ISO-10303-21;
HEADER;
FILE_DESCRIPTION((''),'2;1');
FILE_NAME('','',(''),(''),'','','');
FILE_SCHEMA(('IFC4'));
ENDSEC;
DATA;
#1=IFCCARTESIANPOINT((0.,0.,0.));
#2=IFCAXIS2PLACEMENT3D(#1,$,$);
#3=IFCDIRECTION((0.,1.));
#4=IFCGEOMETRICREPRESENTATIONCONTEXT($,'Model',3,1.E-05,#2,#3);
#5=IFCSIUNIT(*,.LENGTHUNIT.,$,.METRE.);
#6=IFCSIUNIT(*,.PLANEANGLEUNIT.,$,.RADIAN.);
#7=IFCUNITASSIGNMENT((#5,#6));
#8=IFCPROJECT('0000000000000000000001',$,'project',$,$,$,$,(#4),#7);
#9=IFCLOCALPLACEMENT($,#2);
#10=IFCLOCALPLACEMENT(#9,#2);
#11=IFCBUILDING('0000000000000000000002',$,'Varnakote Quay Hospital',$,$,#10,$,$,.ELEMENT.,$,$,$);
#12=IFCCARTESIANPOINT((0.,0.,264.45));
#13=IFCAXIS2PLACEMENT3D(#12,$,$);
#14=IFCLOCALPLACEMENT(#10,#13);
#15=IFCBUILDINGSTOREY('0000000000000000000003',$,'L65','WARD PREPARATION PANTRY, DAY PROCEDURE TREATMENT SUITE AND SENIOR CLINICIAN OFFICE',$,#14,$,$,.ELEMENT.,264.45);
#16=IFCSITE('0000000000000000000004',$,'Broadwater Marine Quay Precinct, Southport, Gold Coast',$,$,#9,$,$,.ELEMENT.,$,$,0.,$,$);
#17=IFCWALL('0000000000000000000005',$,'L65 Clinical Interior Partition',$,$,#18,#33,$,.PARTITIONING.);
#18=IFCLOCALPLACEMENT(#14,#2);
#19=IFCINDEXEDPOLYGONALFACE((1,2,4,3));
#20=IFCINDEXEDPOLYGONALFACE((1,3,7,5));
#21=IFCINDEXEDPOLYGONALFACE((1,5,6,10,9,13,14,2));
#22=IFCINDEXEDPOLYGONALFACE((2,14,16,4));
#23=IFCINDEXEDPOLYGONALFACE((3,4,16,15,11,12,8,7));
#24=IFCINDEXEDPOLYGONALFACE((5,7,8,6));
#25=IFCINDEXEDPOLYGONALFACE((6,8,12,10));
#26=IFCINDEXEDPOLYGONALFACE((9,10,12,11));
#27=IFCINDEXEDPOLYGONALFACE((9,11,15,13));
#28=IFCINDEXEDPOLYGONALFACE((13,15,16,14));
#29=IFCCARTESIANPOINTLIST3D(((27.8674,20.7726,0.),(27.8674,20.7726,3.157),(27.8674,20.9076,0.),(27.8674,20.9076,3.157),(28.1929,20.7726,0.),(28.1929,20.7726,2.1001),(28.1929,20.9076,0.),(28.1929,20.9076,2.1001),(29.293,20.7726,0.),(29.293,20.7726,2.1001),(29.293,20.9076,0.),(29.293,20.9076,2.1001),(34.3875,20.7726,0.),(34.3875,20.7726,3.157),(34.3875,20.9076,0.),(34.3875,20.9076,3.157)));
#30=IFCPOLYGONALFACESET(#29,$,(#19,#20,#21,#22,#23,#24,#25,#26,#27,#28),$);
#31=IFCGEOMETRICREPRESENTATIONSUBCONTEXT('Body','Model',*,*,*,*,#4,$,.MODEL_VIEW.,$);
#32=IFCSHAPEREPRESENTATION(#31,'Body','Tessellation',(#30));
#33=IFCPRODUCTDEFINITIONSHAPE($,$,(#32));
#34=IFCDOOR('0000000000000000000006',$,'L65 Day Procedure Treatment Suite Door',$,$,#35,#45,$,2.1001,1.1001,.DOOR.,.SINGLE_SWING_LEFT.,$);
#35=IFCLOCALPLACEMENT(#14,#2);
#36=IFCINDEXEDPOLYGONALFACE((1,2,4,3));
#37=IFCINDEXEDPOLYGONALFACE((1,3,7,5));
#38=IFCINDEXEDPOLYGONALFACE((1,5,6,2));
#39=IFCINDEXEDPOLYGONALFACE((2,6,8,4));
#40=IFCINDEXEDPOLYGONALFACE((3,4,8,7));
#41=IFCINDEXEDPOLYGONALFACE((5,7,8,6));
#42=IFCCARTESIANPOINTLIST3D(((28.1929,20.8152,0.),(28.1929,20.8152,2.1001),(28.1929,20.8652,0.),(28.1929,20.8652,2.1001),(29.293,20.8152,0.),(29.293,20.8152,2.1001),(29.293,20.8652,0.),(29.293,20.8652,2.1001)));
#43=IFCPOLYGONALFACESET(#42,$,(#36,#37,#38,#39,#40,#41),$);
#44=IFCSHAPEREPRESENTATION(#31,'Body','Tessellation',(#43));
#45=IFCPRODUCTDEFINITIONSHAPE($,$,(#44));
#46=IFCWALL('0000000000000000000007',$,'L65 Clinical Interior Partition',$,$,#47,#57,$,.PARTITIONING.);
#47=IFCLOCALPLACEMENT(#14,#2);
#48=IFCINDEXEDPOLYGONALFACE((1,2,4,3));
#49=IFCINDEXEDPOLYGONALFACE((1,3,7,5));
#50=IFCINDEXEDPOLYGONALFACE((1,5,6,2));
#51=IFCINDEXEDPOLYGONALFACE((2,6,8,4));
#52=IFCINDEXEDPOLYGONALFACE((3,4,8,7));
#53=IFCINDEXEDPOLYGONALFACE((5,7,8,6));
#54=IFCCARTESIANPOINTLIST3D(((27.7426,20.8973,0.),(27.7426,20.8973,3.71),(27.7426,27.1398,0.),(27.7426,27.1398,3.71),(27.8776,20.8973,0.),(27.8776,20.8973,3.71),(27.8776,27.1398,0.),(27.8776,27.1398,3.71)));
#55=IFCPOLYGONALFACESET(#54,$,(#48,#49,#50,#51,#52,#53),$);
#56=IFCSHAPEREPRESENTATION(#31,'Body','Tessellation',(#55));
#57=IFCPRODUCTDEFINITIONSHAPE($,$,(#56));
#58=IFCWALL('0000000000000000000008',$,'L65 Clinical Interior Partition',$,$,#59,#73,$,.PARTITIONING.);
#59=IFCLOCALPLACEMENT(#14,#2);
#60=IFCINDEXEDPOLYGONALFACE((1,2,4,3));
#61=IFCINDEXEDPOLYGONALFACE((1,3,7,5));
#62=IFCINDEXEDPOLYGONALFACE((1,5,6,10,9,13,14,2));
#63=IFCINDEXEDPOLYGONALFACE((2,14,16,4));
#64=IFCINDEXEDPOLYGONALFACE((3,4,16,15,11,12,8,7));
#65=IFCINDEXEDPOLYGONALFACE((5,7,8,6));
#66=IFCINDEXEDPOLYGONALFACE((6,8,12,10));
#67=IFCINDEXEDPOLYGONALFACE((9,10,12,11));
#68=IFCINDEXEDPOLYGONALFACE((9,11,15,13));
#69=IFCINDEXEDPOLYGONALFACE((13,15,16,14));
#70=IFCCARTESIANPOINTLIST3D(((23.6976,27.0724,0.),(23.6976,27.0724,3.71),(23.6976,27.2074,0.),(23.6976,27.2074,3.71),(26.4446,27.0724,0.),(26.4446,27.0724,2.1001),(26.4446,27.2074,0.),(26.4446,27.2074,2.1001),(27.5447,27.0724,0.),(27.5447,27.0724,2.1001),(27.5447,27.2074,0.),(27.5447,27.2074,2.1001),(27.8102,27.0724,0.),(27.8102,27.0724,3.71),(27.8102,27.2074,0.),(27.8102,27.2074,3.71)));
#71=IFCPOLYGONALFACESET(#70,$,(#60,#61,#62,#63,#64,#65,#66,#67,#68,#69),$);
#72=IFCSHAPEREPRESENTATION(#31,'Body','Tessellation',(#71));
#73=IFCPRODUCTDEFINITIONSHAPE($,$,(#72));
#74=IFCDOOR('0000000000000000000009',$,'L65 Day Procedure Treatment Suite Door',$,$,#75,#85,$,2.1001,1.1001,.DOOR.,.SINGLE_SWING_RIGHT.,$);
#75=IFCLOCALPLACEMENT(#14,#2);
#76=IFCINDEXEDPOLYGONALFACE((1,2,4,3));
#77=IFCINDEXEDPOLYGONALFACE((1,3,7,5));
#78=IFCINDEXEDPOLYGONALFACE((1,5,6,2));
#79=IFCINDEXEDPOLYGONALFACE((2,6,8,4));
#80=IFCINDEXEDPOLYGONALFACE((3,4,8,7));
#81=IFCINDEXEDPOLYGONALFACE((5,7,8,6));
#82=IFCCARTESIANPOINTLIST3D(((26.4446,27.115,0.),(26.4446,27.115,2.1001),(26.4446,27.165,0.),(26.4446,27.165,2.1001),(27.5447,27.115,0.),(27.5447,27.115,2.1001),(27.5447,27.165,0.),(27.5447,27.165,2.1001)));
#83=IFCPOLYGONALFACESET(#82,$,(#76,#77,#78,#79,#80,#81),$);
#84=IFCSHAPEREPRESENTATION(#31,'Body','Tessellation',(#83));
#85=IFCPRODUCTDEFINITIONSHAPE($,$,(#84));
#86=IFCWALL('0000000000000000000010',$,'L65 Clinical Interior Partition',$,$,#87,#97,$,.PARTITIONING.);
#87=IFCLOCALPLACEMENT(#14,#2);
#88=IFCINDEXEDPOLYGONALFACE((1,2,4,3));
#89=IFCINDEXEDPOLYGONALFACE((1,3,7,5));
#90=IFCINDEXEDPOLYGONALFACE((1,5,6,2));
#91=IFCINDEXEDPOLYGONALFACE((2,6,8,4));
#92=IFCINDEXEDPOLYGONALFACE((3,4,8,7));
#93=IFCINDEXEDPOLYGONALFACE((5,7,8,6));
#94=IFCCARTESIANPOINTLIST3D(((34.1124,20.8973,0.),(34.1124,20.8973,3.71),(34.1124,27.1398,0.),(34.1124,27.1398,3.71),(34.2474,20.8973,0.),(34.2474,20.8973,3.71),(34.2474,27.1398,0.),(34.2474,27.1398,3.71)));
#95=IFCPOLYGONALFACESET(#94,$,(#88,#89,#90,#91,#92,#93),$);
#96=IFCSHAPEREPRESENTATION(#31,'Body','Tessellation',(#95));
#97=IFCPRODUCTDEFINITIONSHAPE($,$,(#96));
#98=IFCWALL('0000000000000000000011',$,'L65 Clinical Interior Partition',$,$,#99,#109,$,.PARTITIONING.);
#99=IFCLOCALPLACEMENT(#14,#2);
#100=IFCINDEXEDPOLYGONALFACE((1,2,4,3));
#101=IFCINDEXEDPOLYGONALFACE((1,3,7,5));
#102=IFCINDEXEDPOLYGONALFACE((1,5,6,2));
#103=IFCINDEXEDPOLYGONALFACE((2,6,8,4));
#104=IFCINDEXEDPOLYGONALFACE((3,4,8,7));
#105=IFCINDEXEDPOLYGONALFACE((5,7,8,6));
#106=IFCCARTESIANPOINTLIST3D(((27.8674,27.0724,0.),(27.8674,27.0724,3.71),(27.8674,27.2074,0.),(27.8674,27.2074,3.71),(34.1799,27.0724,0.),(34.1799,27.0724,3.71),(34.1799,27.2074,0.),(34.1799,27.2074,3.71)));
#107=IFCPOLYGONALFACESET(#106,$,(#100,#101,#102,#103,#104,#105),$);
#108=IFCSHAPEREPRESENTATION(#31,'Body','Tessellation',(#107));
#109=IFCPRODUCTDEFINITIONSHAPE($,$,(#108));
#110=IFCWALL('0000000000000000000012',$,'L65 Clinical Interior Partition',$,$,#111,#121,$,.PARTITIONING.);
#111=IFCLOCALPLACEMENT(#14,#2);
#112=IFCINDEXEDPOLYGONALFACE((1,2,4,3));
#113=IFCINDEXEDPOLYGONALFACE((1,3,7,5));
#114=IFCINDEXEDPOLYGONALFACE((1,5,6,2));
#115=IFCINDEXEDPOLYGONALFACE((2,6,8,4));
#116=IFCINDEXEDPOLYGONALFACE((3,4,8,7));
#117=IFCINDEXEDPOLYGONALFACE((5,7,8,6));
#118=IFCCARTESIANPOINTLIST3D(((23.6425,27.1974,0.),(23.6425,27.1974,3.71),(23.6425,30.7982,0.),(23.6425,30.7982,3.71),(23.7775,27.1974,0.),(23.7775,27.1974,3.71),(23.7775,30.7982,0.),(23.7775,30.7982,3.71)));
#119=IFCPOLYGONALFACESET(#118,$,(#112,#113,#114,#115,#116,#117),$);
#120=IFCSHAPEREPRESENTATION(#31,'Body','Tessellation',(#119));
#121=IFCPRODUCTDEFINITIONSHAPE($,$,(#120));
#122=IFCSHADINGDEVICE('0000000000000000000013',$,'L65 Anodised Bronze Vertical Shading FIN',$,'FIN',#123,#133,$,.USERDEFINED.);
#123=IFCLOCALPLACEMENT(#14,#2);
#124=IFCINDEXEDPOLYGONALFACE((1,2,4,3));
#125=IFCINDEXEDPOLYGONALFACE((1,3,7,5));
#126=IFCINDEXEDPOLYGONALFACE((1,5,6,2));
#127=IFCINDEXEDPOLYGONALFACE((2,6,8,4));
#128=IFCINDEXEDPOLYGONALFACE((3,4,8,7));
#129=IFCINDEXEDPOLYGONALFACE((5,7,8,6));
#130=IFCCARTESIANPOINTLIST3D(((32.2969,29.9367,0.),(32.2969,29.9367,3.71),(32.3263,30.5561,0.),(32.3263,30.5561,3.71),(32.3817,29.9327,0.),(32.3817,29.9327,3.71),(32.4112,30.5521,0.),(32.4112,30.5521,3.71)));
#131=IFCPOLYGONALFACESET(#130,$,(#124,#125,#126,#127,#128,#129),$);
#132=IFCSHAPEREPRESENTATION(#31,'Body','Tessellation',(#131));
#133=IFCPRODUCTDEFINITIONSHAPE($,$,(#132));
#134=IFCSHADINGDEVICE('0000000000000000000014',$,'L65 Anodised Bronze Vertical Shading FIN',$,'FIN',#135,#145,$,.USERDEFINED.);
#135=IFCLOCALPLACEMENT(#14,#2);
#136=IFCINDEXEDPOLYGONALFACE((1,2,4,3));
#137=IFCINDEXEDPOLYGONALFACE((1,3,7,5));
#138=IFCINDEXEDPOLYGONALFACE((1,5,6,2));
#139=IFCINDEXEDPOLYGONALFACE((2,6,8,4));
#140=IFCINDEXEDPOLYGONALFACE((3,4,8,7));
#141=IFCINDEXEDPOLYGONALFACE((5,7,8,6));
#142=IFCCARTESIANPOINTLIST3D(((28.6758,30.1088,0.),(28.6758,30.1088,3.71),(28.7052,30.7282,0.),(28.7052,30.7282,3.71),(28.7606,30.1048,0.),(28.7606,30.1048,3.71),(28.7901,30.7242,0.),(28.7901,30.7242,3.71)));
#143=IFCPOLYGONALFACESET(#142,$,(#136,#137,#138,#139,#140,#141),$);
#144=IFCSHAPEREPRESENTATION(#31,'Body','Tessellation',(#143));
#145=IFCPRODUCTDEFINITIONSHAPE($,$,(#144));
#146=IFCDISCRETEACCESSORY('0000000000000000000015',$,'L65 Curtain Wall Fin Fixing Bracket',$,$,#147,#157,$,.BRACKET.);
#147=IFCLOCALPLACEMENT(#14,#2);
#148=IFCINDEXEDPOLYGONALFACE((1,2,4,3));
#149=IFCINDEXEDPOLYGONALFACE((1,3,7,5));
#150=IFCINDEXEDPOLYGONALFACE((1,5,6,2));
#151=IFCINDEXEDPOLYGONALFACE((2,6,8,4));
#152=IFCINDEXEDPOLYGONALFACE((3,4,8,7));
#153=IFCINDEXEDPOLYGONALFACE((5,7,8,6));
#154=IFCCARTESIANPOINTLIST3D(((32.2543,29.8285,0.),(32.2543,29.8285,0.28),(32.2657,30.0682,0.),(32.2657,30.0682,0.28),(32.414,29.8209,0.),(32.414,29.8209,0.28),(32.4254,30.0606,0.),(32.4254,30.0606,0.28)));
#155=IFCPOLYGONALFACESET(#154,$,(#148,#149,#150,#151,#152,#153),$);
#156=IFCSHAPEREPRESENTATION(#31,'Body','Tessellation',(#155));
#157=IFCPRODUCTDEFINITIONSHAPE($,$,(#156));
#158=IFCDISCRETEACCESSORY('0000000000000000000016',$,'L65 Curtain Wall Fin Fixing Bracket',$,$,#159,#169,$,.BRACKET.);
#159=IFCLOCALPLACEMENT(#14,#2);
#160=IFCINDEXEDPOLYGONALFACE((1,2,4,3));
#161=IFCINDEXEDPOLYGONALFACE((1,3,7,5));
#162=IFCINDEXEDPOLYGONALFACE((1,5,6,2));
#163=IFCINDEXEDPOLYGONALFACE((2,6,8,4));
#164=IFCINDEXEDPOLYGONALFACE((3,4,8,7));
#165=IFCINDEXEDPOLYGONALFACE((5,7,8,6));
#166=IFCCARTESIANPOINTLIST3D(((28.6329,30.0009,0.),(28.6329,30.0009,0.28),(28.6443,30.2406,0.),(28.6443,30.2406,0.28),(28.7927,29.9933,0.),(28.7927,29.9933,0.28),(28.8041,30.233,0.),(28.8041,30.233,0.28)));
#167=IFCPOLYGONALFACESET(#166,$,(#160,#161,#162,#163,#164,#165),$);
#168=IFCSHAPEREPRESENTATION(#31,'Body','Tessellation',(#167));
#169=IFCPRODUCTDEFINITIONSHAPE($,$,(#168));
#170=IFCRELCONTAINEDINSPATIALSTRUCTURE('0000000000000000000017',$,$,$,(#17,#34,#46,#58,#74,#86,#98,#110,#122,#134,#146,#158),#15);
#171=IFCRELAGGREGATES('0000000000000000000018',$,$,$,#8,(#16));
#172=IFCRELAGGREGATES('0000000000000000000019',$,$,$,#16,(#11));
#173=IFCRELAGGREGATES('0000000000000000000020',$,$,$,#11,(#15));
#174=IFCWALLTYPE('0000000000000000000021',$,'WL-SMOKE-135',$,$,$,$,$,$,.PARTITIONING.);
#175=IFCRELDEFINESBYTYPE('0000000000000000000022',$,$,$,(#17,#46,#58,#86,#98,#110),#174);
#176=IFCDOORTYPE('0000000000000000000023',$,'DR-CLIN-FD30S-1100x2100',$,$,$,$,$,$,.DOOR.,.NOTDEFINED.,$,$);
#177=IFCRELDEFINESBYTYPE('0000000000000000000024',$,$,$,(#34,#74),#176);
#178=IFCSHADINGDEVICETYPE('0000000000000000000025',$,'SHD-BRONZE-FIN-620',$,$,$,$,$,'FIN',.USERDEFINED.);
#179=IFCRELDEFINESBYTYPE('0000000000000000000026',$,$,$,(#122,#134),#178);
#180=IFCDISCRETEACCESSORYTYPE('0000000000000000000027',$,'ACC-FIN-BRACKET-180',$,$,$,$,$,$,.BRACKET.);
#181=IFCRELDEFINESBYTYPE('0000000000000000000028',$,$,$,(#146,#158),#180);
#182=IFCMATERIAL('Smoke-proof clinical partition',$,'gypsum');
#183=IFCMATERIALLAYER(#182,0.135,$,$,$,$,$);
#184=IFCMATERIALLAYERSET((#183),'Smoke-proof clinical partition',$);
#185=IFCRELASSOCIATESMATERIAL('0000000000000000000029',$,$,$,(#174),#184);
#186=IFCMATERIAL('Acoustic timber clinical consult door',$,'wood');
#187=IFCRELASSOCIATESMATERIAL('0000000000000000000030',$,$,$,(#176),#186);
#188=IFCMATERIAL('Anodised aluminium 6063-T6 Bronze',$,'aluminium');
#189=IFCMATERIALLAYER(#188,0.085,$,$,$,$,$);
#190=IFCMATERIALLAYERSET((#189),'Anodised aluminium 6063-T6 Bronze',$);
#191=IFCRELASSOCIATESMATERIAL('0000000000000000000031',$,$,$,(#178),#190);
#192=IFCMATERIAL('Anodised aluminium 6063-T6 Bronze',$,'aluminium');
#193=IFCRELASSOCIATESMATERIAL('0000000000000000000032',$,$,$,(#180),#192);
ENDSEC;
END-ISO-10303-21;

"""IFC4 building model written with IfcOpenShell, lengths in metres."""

from ifc_helpers import new_model, si_unit, direction, frame, frame_2d, origin, origin_2d, place, context, subcontext, project, spatial, rectangle, extrude, material, layer, layer_set, type_object, element, fill, save


model = new_model("IFC4")

# Units and contexts
model_context = context("Model", 3, precision=1e-05, world=origin(), true_north=direction((0.0, 1.0)))
body_context = subcontext(model_context, "Body", "Model", "MODEL_VIEW")
ifc_project = project(units=[si_unit("LENGTHUNIT", "METRE"), si_unit("PLANEANGLEUNIT", "RADIAN")], contexts=[model_context])

# Site, building, storey
site_placement = place(None, origin())
site = spatial("IfcSite", under=ifc_project, at=site_placement, Name="Broadwater Marine Quay Precinct, Southport, Gold Coast", CompositionType="ELEMENT", RefElevation=0.0)
building_placement = place(site_placement, origin())
building = spatial("IfcBuilding", under=site, at=building_placement, Name="Varnakote Quay Hospital", CompositionType="ELEMENT")
storey_placement = place(building_placement, frame((0.0, 0.0, 264.45)))
storey = spatial("IfcBuildingStorey", under=building, at=storey_placement, Name="L65", Description="WARD PREPARATION PANTRY, DAY PROCEDURE TREATMENT SUITE AND SENIOR CLINICIAN OFFICE", CompositionType="ELEMENT", Elevation=264.45)

# Shared definitions
ifc_material_1 = material(Name="Smoke-proof clinical partition", Category="gypsum")
ifc_layer_1 = layer(ifc_material_1, 0.135)
ifc_layer_set_1 = layer_set([ifc_layer_1], Name="Smoke-proof clinical partition")
wall_type_1 = type_object("IfcWallType", Name="WL-SMOKE-135", PredefinedType="PARTITIONING", material=ifc_layer_set_1)

# Wall, opening, door
wall_1_placement = place(storey_placement, frame((34.3875, 20.8401, 0.0), z_axis=(0.0, 0.0, 1.0), x_axis=(-1.0, 0.0, 0.0)))
wall_1 = element("IfcWall", 1, at=wall_1_placement, inside=storey, type_object=wall_type_1, Name="L65 Clinical Interior Partition", PredefinedType="PARTITIONING", context=body_context, shape_type="SweptSolid", body=[
    extrude(rectangle(XDim=6.52, YDim=0.135, at=frame_2d((3.26, 0.0))), origin(), (0.0, 0.0, 1.0), 3.157),
])
opening_1_placement = place(wall_1_placement, frame((5.0945, 0.0, 0.0)))
opening_1 = element("IfcOpeningElement", 2, at=opening_1_placement, cuts=wall_1, PredefinedType="OPENING", context=body_context, shape_type="SweptSolid", body=[
    extrude(rectangle(XDim=1.1001, YDim=2.1001, at=frame_2d((0.55, 1.05))), frame((0.0, 0.0774, 0.0), z_axis=(0.0, -1.0, 0.0), x_axis=(1.0, 0.0, 0.0)), (0.0, 0.0, 1.0), 0.155),
])
ifc_material_2 = material(Name="Acoustic timber clinical consult door", Category="wood")
door_type_1 = type_object("IfcDoorType", Name="DR-CLIN-FD30S-1100x2100", OperationType="NOTDEFINED", PredefinedType="DOOR", material=ifc_material_2)
door_1_placement = place(opening_1_placement, origin())
door_1 = element("IfcDoor", 3, at=door_1_placement, inside=storey, type_object=door_type_1, Name="L65 Day Procedure Treatment Suite Door", OperationType="SINGLE_SWING_LEFT", OverallHeight=2.1001, OverallWidth=1.1001, PredefinedType="DOOR", context=body_context, shape_type="SweptSolid", body=[
    extrude(rectangle(XDim=1.1001, YDim=2.1001, at=frame_2d((0.55, 1.05))), frame((0.0, 0.0249, 0.0), z_axis=(0.0, -1.0, 0.0), x_axis=(1.0, 0.0, 0.0)), (0.0, 0.0, 1.0), 0.05),
])
fill(opening_1, door_1)

# Wall
wall_2_placement = place(storey_placement, frame((27.8101, 20.8975, 0.0), z_axis=(0.0, 0.0, 1.0), x_axis=(0.0, 1.0, 0.0)))
element("IfcWall", 4, at=wall_2_placement, inside=storey, type_object=wall_type_1, Name="L65 Clinical Interior Partition", PredefinedType="PARTITIONING", context=body_context, shape_type="SweptSolid", body=[
    extrude(rectangle(XDim=6.2424, YDim=0.135, at=frame_2d((3.1211, 0.0))), origin(), (0.0, 0.0, 1.0), 3.71),
])

# Wall, opening, door
wall_3_placement = place(storey_placement, frame((27.8101, 27.1399, 0.0), z_axis=(0.0, 0.0, 1.0), x_axis=(-1.0, 0.0, 0.0)))
wall_3 = element("IfcWall", 5, at=wall_3_placement, inside=storey, type_object=wall_type_1, Name="L65 Clinical Interior Partition", PredefinedType="PARTITIONING", context=body_context, shape_type="SweptSolid", body=[
    extrude(rectangle(XDim=4.1125, YDim=0.135, at=frame_2d((2.0562, 0.0))), origin(), (0.0, 0.0, 1.0), 3.71),
])
opening_2_placement = place(wall_3_placement, frame((0.2654, 0.0, 0.0)))
opening_2 = element("IfcOpeningElement", 6, at=opening_2_placement, cuts=wall_3, PredefinedType="OPENING", context=body_context, shape_type="SweptSolid", body=[
    extrude(rectangle(XDim=1.1001, YDim=2.1001, at=frame_2d((0.55, 1.05))), frame((0.0, 0.0774, 0.0), z_axis=(0.0, -1.0, 0.0), x_axis=(1.0, 0.0, 0.0)), (0.0, 0.0, 1.0), 0.155),
])
door_2_placement = place(opening_2_placement, origin())
door_2 = element("IfcDoor", 7, at=door_2_placement, inside=storey, type_object=door_type_1, Name="L65 Day Procedure Treatment Suite Door", OperationType="SINGLE_SWING_RIGHT", OverallHeight=2.1001, OverallWidth=1.1001, PredefinedType="DOOR", context=body_context, shape_type="SweptSolid", body=[
    extrude(rectangle(XDim=1.1001, YDim=2.1001, at=frame_2d((0.55, 1.05))), frame((0.0, 0.0249, 0.0), z_axis=(0.0, -1.0, 0.0), x_axis=(1.0, 0.0, 0.0)), (0.0, 0.0, 1.0), 0.05),
])
fill(opening_2, door_2)

# Walls
wall_4_placement = place(storey_placement, frame((34.1799, 20.8975, 0.0), z_axis=(0.0, 0.0, 1.0), x_axis=(0.0, 1.0, 0.0)))
element("IfcWall", 8, at=wall_4_placement, inside=storey, type_object=wall_type_1, Name="L65 Clinical Interior Partition", PredefinedType="PARTITIONING", context=body_context, shape_type="SweptSolid", body=[
    extrude(rectangle(XDim=6.2424, YDim=0.135, at=frame_2d((3.1211, 0.0))), origin(), (0.0, 0.0, 1.0), 3.71),
])
wall_5_placement = place(storey_placement, frame((34.1799, 27.1399, 0.0), z_axis=(0.0, 0.0, 1.0), x_axis=(-1.0, 0.0, 0.0)))
element("IfcWall", 9, at=wall_5_placement, inside=storey, type_object=wall_type_1, Name="L65 Clinical Interior Partition", PredefinedType="PARTITIONING", context=body_context, shape_type="SweptSolid", body=[
    extrude(rectangle(XDim=6.3125, YDim=0.135, at=frame_2d((3.1562, 0.0))), origin(), (0.0, 0.0, 1.0), 3.71),
])
wall_6_placement = place(storey_placement, frame((23.71, 27.1975, 0.0), z_axis=(0.0, 0.0, 1.0), x_axis=(0.0, 1.0, 0.0)))
element("IfcWall", 10, at=wall_6_placement, inside=storey, type_object=wall_type_1, Name="L65 Clinical Interior Partition", PredefinedType="PARTITIONING", context=body_context, shape_type="SweptSolid", body=[
    extrude(rectangle(XDim=3.6008, YDim=0.135, at=frame_2d((1.8003, 0.0))), origin(), (0.0, 0.0, 1.0), 3.71),
])

# Shading devices
ifc_material_3 = material(Name="Anodised aluminium 6063-T6 Bronze", Category="aluminium")
ifc_layer_2 = layer(ifc_material_3, 0.085)
ifc_layer_set_2 = layer_set([ifc_layer_2], Name="Anodised aluminium 6063-T6 Bronze")
shading_device_type = type_object("IfcShadingDeviceType", Name="SHD-BRONZE-FIN-620", ElementType="FIN", PredefinedType="USERDEFINED", material=ifc_layer_set_2)
for number, where, z_axis, x_axis, name in (
    (11, (32.354, 30.2444, 0.0), (0.0, 0.0, 1.0), (-0.047455, -0.998873, 0.0), "L65 Anodised Bronze Vertical Shading FIN"),
    (12, (28.7329, 30.4165, 0.0), (0.0, 0.0, 1.0), (-0.047455, -0.998873, 0.0), "L65 Anodised Bronze Vertical Shading FIN"),
):
    element("IfcShadingDevice", number, at=place(storey_placement, frame(where, z_axis=z_axis, x_axis=x_axis)), inside=storey, type_object=shading_device_type, Name=name, ObjectType="FIN", PredefinedType="USERDEFINED", context=body_context, shape_type="SweptSolid", body=[
        extrude(rectangle(XDim=0.6201, YDim=0.085, at=origin_2d()), origin(), (0.0, 0.0, 1.0), 3.71),
    ])

# Discrete accessories
ifc_material_4 = material(Name="Anodised aluminium 6063-T6 Bronze", Category="aluminium")
discrete_accessory_type = type_object("IfcDiscreteAccessoryType", Name="ACC-FIN-BRACKET-180", PredefinedType="BRACKET", material=ifc_material_4)
for number, where, z_axis, x_axis, name in (
    (13, (32.3398, 29.9446, 0.0), (0.0, 0.0, 1.0), (-0.998873, 0.047455, 0.0), "L65 Curtain Wall Fin Fixing Bracket"),
    (14, (28.7185, 30.1169, 0.0), (0.0, 0.0, 1.0), (-0.998873, 0.047455, 0.0), "L65 Curtain Wall Fin Fixing Bracket"),
):
    element("IfcDiscreteAccessory", number, at=place(storey_placement, frame(where, z_axis=z_axis, x_axis=x_axis)), inside=storey, type_object=discrete_accessory_type, Name=name, PredefinedType="BRACKET", context=body_context, shape_type="SweptSolid", body=[
        extrude(rectangle(XDim=0.1599, YDim=0.24, at=origin_2d()), origin(), (0.0, 0.0, 1.0), 0.28),
    ])

save(model, "model.ifc")
